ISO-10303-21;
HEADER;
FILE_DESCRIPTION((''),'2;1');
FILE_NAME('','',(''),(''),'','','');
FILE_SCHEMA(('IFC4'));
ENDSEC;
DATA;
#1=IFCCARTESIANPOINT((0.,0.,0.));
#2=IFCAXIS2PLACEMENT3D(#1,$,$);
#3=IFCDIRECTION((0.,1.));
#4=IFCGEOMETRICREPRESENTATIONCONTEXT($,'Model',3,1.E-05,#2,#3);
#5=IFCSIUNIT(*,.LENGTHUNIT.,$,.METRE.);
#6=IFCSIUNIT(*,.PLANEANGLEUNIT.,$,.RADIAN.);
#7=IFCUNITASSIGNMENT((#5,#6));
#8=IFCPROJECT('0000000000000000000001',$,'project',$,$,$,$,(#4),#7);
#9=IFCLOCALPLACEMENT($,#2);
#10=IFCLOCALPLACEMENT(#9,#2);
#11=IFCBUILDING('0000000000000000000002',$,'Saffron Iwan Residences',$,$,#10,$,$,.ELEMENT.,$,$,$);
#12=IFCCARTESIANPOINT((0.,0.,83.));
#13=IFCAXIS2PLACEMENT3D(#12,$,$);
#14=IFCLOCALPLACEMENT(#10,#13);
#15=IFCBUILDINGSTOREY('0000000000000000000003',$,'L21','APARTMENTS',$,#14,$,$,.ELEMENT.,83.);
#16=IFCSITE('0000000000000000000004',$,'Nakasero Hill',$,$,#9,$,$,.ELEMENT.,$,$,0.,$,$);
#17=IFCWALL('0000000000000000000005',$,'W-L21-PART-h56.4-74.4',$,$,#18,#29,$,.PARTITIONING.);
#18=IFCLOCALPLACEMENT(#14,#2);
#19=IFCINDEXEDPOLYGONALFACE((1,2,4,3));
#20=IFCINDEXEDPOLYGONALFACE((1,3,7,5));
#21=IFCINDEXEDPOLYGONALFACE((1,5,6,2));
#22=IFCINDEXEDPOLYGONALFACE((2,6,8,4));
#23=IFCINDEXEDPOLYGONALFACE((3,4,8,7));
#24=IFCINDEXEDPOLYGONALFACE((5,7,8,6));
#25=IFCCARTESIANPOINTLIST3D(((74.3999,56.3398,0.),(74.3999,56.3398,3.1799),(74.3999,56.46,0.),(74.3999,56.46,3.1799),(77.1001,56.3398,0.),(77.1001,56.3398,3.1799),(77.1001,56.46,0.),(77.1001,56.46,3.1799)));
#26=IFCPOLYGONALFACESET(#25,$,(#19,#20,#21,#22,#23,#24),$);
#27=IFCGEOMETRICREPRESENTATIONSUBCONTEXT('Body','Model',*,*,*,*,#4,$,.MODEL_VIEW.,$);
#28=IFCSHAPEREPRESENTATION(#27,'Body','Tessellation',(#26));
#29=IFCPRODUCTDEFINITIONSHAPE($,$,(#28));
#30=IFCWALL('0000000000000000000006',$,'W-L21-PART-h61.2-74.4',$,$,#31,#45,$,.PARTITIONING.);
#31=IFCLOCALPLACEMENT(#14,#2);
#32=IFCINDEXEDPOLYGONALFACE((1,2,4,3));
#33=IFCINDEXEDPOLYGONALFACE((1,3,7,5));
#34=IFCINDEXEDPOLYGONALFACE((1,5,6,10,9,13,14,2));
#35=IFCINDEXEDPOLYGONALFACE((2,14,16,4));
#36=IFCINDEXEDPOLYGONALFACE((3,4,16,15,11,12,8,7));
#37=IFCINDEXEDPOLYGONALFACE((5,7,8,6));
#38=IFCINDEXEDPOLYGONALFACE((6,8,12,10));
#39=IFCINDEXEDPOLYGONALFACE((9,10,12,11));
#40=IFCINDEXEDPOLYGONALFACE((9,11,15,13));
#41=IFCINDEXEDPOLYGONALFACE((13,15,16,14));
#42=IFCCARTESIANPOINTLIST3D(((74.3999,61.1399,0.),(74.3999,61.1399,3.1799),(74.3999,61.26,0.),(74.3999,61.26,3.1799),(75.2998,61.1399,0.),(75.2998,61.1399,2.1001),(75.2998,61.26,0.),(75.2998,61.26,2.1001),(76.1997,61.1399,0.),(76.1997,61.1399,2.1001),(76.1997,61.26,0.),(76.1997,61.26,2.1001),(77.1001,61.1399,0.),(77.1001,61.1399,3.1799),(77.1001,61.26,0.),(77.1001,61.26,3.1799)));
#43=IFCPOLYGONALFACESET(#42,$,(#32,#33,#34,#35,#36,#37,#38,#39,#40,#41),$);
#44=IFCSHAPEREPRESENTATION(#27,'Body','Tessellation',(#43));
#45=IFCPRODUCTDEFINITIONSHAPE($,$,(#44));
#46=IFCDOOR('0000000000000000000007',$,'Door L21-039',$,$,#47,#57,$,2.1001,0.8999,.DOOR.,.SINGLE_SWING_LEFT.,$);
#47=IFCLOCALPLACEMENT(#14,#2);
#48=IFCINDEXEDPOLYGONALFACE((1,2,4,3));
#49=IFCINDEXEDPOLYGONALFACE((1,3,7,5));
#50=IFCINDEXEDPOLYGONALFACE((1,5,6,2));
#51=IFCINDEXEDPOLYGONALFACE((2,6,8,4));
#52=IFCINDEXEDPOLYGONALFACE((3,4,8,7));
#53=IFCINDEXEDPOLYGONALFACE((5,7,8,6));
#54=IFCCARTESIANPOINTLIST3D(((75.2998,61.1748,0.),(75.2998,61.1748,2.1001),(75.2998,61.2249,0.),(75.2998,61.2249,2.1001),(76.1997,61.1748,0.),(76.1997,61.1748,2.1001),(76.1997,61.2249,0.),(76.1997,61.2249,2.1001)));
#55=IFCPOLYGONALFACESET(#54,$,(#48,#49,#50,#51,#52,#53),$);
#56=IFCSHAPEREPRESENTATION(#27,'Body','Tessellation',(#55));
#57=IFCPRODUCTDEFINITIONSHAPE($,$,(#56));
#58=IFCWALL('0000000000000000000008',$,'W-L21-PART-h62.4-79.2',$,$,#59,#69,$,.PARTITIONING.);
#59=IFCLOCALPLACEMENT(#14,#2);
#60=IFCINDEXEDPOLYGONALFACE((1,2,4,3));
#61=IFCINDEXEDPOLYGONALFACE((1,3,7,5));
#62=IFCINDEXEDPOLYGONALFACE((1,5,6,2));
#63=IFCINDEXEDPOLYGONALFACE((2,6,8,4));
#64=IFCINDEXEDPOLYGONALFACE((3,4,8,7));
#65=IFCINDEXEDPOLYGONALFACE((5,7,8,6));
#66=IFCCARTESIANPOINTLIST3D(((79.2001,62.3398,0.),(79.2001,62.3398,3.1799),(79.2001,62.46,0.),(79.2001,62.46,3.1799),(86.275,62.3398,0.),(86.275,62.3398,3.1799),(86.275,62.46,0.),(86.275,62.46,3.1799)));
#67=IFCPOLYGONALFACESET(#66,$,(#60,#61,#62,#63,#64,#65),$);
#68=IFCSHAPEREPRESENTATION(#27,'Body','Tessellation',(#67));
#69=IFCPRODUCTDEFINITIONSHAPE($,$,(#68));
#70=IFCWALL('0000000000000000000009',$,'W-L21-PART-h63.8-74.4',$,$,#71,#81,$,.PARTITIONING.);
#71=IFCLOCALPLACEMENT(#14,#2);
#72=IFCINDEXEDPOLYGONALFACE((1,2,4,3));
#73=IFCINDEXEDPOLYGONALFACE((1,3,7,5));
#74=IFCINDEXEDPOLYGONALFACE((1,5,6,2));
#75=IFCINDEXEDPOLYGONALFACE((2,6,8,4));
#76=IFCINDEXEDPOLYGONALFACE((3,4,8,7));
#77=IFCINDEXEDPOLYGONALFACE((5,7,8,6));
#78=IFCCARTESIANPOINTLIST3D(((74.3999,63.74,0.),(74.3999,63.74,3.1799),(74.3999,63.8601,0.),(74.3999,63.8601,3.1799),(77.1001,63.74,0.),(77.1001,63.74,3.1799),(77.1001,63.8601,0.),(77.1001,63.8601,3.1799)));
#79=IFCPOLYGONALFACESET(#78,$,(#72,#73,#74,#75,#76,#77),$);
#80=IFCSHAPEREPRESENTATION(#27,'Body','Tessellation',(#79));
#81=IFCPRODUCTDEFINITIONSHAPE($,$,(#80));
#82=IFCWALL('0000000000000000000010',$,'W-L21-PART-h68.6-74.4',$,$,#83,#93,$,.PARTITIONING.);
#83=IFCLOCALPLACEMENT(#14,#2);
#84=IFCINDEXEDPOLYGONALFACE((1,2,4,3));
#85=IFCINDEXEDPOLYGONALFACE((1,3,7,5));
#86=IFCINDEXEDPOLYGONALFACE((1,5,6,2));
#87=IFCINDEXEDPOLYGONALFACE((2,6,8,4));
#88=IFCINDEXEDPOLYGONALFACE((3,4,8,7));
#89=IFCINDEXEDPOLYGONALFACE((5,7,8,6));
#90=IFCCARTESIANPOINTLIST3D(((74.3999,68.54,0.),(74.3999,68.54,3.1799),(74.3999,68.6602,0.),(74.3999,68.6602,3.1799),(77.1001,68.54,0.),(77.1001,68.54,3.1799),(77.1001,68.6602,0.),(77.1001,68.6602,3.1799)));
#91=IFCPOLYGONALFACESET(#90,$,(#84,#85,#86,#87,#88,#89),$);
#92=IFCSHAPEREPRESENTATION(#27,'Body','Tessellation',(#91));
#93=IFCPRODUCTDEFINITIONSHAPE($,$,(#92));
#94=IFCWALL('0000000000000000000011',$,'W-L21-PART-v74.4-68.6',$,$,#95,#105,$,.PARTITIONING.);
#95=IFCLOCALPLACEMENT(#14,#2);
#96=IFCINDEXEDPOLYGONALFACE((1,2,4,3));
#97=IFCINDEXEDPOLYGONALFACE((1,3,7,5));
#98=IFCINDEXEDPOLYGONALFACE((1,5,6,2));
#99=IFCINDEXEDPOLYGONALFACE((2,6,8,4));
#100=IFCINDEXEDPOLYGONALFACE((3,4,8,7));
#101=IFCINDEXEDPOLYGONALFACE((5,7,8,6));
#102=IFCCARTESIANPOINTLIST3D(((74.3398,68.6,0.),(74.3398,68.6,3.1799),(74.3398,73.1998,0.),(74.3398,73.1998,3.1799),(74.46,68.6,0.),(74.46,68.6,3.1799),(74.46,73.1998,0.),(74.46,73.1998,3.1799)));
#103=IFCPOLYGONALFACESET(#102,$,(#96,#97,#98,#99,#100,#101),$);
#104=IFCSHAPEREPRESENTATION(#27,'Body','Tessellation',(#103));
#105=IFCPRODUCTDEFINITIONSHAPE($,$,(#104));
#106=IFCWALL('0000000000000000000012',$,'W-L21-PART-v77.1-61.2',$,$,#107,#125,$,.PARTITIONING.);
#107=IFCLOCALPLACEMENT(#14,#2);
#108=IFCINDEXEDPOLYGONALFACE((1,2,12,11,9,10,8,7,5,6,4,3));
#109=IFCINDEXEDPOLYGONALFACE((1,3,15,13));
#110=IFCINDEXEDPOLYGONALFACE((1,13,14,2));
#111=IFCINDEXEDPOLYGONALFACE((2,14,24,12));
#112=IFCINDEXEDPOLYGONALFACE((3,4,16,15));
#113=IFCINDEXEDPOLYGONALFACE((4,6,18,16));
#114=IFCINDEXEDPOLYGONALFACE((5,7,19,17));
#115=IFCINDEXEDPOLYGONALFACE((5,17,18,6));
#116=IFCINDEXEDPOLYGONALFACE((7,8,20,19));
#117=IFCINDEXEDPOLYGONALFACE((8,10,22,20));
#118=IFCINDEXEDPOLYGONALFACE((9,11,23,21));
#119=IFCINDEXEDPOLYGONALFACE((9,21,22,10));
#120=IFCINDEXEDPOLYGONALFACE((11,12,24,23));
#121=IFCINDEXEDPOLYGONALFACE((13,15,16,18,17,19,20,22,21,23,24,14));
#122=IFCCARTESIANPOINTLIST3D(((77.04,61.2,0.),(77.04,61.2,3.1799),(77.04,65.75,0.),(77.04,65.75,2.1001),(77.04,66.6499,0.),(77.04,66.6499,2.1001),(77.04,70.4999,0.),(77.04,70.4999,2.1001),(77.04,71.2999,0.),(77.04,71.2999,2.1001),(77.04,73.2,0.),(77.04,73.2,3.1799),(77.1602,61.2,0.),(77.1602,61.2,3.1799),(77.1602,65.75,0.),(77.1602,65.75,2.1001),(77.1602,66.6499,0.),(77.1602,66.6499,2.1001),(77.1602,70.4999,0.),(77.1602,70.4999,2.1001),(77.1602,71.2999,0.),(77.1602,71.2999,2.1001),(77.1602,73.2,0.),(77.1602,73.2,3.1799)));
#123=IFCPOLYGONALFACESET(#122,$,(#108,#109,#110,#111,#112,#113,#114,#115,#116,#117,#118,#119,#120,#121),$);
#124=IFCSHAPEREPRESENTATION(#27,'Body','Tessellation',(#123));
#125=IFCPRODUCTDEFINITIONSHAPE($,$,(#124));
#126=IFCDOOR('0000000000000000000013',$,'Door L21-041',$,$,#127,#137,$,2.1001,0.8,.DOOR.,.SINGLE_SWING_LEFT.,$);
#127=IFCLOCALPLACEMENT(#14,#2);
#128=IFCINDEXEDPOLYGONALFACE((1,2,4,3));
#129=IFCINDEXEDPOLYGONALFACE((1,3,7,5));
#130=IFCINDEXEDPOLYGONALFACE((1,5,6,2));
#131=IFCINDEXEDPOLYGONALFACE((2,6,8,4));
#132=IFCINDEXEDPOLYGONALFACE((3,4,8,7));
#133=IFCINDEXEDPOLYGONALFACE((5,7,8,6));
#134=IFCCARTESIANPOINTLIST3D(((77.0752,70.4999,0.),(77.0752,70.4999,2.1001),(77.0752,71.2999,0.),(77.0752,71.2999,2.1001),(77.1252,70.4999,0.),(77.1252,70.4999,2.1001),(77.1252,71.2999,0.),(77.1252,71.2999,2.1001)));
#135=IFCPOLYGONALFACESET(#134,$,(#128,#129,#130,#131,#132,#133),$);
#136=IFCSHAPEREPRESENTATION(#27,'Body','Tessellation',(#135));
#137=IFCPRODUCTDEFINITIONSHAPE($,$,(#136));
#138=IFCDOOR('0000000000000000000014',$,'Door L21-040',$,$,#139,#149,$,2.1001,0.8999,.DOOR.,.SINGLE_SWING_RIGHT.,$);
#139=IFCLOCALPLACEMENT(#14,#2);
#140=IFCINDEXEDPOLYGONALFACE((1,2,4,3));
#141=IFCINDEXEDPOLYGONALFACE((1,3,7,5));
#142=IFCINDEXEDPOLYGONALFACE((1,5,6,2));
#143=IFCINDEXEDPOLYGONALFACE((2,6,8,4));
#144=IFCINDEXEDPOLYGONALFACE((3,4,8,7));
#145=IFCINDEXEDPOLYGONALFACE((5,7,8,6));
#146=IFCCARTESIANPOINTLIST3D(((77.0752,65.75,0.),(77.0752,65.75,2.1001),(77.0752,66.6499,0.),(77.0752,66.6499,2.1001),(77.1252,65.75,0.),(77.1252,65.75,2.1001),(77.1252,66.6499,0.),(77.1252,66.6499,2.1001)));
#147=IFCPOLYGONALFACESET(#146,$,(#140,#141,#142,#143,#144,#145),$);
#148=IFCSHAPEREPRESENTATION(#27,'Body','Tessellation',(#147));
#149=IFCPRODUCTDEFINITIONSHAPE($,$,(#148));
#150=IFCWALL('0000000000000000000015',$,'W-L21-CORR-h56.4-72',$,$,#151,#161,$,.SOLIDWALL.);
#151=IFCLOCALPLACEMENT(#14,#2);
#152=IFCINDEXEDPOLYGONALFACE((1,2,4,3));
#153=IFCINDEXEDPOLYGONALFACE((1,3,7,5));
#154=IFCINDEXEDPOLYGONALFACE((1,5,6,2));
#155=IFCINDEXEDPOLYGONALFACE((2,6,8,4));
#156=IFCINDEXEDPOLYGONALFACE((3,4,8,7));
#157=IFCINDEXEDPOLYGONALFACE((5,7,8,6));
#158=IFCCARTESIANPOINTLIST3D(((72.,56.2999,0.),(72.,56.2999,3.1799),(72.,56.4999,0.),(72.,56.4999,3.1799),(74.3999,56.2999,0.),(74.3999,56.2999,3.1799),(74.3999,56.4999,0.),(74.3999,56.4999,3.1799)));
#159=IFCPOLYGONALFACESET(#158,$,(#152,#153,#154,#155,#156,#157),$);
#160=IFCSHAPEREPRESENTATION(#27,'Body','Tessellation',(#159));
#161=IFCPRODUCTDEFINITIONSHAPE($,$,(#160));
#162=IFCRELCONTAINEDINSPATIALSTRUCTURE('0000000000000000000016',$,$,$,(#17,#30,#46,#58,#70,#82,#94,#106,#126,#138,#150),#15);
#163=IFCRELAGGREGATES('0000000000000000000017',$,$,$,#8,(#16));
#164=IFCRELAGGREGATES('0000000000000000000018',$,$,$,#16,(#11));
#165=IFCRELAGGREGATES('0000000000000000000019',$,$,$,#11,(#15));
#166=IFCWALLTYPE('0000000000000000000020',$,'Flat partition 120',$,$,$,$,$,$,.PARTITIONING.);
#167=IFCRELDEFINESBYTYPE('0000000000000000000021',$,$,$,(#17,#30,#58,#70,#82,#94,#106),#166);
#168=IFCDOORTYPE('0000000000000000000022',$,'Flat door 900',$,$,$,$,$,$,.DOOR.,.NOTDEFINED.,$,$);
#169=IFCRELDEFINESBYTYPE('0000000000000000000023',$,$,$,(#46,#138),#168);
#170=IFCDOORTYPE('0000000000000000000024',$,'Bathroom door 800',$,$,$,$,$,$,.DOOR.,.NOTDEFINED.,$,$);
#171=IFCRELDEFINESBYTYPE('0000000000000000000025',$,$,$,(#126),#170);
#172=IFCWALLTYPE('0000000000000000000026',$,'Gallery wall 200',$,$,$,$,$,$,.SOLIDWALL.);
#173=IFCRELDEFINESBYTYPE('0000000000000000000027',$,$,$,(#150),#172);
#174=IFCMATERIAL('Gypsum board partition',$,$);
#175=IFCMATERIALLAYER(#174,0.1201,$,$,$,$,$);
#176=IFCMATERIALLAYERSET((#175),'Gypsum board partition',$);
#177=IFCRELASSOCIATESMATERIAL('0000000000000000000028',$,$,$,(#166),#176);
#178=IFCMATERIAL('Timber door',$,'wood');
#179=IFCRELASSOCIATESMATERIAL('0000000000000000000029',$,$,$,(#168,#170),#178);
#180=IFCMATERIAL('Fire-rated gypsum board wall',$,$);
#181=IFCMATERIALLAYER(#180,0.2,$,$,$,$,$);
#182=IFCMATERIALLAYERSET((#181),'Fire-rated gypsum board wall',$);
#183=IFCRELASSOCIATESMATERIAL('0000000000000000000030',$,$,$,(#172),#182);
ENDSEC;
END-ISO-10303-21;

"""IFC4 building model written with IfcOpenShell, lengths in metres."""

from ifc_helpers import new_model, si_unit, direction, frame, frame_2d, origin, place, context, subcontext, project, spatial, rectangle, extrude, material, layer, layer_set, type_object, element, fill, save


model = new_model("IFC4")

# Units and contexts
model_context = context("Model", 3, precision=1e-05, world=origin(), true_north=direction((0.0, 1.0)))
body_context = subcontext(model_context, "Body", "Model", "MODEL_VIEW")
ifc_project = project(units=[si_unit("LENGTHUNIT", "METRE"), si_unit("PLANEANGLEUNIT", "RADIAN")], contexts=[model_context])

# Site, building, storey
site_placement = place(None, origin())
site = spatial("IfcSite", under=ifc_project, at=site_placement, Name="Nakasero Hill", CompositionType="ELEMENT", RefElevation=0.0)
building_placement = place(site_placement, origin())
building = spatial("IfcBuilding", under=site, at=building_placement, Name="Saffron Iwan Residences", CompositionType="ELEMENT")
storey_placement = place(building_placement, frame((0.0, 0.0, 83.0)))
storey = spatial("IfcBuildingStorey", under=building, at=storey_placement, Name="L21", Description="APARTMENTS", CompositionType="ELEMENT", Elevation=83.0)

# Wall
ifc_material_1 = material(Name="Fire-rated gypsum board wall")
ifc_material_2 = material(Name="Gypsum board partition")
ifc_layer_1 = layer(ifc_material_2, 0.1201)
ifc_layer_set_1 = layer_set([ifc_layer_1], Name="Gypsum board partition")
wall_type_1 = type_object("IfcWallType", Name="Flat partition 120", PredefinedType="PARTITIONING", material=ifc_layer_set_1)
wall_1_placement = place(storey_placement, frame((74.3999, 56.3999, 0.0), z_axis=(0.0, 0.0, 1.0), x_axis=(1.0, 0.0, 0.0)))
element("IfcWall", 1, at=wall_1_placement, inside=storey, type_object=wall_type_1, Name="W-L21-PART-h56.4-74.4", PredefinedType="PARTITIONING", context=body_context, shape_type="SweptSolid", body=[
    extrude(rectangle(XDim=2.7002, YDim=0.1201, at=frame_2d((1.3501, 0.0))), origin(), (0.0, 0.0, 1.0), 3.1799),
])

# Wall, opening, door
wall_2_placement = place(storey_placement, frame((74.3999, 61.2, 0.0), z_axis=(0.0, 0.0, 1.0), x_axis=(1.0, 0.0, 0.0)))
wall_2 = element("IfcWall", 2, at=wall_2_placement, inside=storey, type_object=wall_type_1, Name="W-L21-PART-h61.2-74.4", PredefinedType="PARTITIONING", context=body_context, shape_type="SweptSolid", body=[
    extrude(rectangle(XDim=2.7002, YDim=0.1201, at=frame_2d((1.3501, 0.0))), origin(), (0.0, 0.0, 1.0), 3.1799),
])
opening_1_placement = place(wall_2_placement, frame((0.8999, 0.0, 0.0)))
opening_1 = element("IfcOpeningElement", 3, at=opening_1_placement, cuts=wall_2, PredefinedType="OPENING", context=body_context, shape_type="SweptSolid", body=[
    extrude(rectangle(XDim=0.8999, YDim=2.1001, at=frame_2d((0.45, 1.05))), frame((0.0, 0.0701, 0.0), z_axis=(0.0, -1.0, 0.0), x_axis=(1.0, 0.0, 0.0)), (0.0, 0.0, 1.0), 0.1401),
])
ifc_material_3 = material(Name="Timber door", Category="wood")
door_type_1 = type_object("IfcDoorType", Name="Flat door 900", OperationType="NOTDEFINED", PredefinedType="DOOR", material=ifc_material_3)
door_1_placement = place(opening_1_placement, origin())
door_1 = element("IfcDoor", 4, at=door_1_placement, inside=storey, type_object=door_type_1, Name="Door L21-039", OperationType="SINGLE_SWING_LEFT", OverallHeight=2.1001, OverallWidth=0.8999, PredefinedType="DOOR", context=body_context, shape_type="SweptSolid", body=[
    extrude(rectangle(XDim=0.8999, YDim=2.1001, at=frame_2d((0.45, 1.05))), frame((0.0, 0.0249, 0.0), z_axis=(0.0, -1.0, 0.0), x_axis=(1.0, 0.0, 0.0)), (0.0, 0.0, 1.0), 0.05),
])
fill(opening_1, door_1)

# Walls
wall_3_placement = place(storey_placement, frame((79.2, 62.3999, 0.0), z_axis=(0.0, 0.0, 1.0), x_axis=(1.0, 0.0, 0.0)))
element("IfcWall", 5, at=wall_3_placement, inside=storey, type_object=wall_type_1, Name="W-L21-PART-h62.4-79.2", PredefinedType="PARTITIONING", context=body_context, shape_type="SweptSolid", body=[
    extrude(rectangle(XDim=7.075, YDim=0.1201, at=frame_2d((3.5376, 0.0))), origin(), (0.0, 0.0, 1.0), 3.1799),
])
for number, where, z_axis, x_axis, name in (
    (6, (74.3999, 63.8, 0.0), (0.0, 0.0, 1.0), (1.0, 0.0, 0.0), "W-L21-PART-h63.8-74.4"),
    (7, (74.3999, 68.6001, 0.0), (0.0, 0.0, 1.0), (1.0, 0.0, 0.0), "W-L21-PART-h68.6-74.4"),
):
    element("IfcWall", number, at=place(storey_placement, frame(where, z_axis=z_axis, x_axis=x_axis)), inside=storey, type_object=wall_type_1, Name=name, PredefinedType="PARTITIONING", context=body_context, shape_type="SweptSolid", body=[
        extrude(rectangle(XDim=2.7002, YDim=0.1201, at=frame_2d((1.3501, 0.0))), origin(), (0.0, 0.0, 1.0), 3.1799),
    ])
wall_4_placement = place(storey_placement, frame((74.3999, 68.6001, 0.0), z_axis=(0.0, 0.0, 1.0), x_axis=(0.0, 1.0, 0.0)))
element("IfcWall", 8, at=wall_4_placement, inside=storey, type_object=wall_type_1, Name="W-L21-PART-v74.4-68.6", PredefinedType="PARTITIONING", context=body_context, shape_type="SweptSolid", body=[
    extrude(rectangle(XDim=4.5999, YDim=0.1201, at=frame_2d((2.2998, 0.0))), origin(), (0.0, 0.0, 1.0), 3.1799),
])

# Wall, openings, doors
wall_5_placement = place(storey_placement, frame((77.1001, 61.2, 0.0), z_axis=(0.0, 0.0, 1.0), x_axis=(0.0, 1.0, 0.0)))
wall_5 = element("IfcWall", 9, at=wall_5_placement, inside=storey, type_object=wall_type_1, Name="W-L21-PART-v77.1-61.2", PredefinedType="PARTITIONING", context=body_context, shape_type="SweptSolid", body=[
    extrude(rectangle(XDim=12.0, YDim=0.1201, at=frame_2d((6.0, 0.0))), origin(), (0.0, 0.0, 1.0), 3.1799),
])
opening_2_placement = place(wall_5_placement, frame((4.55, 0.0, 0.0)))
opening_2 = element("IfcOpeningElement", 10, at=opening_2_placement, cuts=wall_5, PredefinedType="OPENING", context=body_context, shape_type="SweptSolid", body=[
    extrude(rectangle(XDim=0.8999, YDim=2.1001, at=frame_2d((0.45, 1.05))), frame((0.0, 0.0701, 0.0), z_axis=(0.0, -1.0, 0.0), x_axis=(1.0, 0.0, 0.0)), (0.0, 0.0, 1.0), 0.1401),
])
opening_3_placement = place(wall_5_placement, frame((9.3, 0.0, 0.0)))
opening_3 = element("IfcOpeningElement", 11, at=opening_3_placement, cuts=wall_5, PredefinedType="OPENING", context=body_context, shape_type="SweptSolid", body=[
    extrude(rectangle(XDim=0.8, YDim=2.1001, at=frame_2d((0.3999, 1.05))), frame((0.0, 0.0701, 0.0), z_axis=(0.0, -1.0, 0.0), x_axis=(1.0, 0.0, 0.0)), (0.0, 0.0, 1.0), 0.1401),
])
door_type_2 = type_object("IfcDoorType", Name="Bathroom door 800", OperationType="NOTDEFINED", PredefinedType="DOOR", material=ifc_material_3)
door_2_placement = place(opening_3_placement, origin())
door_2 = element("IfcDoor", 12, at=door_2_placement, inside=storey, type_object=door_type_2, Name="Door L21-041", OperationType="SINGLE_SWING_LEFT", OverallHeight=2.1001, OverallWidth=0.8, PredefinedType="DOOR", context=body_context, shape_type="SweptSolid", body=[
    extrude(rectangle(XDim=0.8, YDim=2.1001, at=frame_2d((0.3999, 1.05))), frame((0.0, 0.0249, 0.0), z_axis=(0.0, -1.0, 0.0), x_axis=(1.0, 0.0, 0.0)), (0.0, 0.0, 1.0), 0.05),
])
fill(opening_3, door_2)
door_3_placement = place(opening_2_placement, origin())
door_3 = element("IfcDoor", 13, at=door_3_placement, inside=storey, type_object=door_type_1, Name="Door L21-040", OperationType="SINGLE_SWING_RIGHT", OverallHeight=2.1001, OverallWidth=0.8999, PredefinedType="DOOR", context=body_context, shape_type="SweptSolid", body=[
    extrude(rectangle(XDim=0.8999, YDim=2.1001, at=frame_2d((0.45, 1.05))), frame((0.0, 0.0249, 0.0), z_axis=(0.0, -1.0, 0.0), x_axis=(1.0, 0.0, 0.0)), (0.0, 0.0, 1.0), 0.05),
])
fill(opening_2, door_3)

# Wall
ifc_layer_2 = layer(ifc_material_1, 0.2)
ifc_layer_set_2 = layer_set([ifc_layer_2], Name="Fire-rated gypsum board wall")
wall_type_2 = type_object("IfcWallType", Name="Gallery wall 200", PredefinedType="SOLIDWALL", material=ifc_layer_set_2)
wall_6_placement = place(storey_placement, frame((72.0, 56.3999, 0.0), z_axis=(0.0, 0.0, 1.0), x_axis=(1.0, 0.0, 0.0)))
element("IfcWall", 14, at=wall_6_placement, inside=storey, type_object=wall_type_2, Name="W-L21-CORR-h56.4-72", PredefinedType="SOLIDWALL", context=body_context, shape_type="SweptSolid", body=[
    extrude(rectangle(XDim=2.3999, YDim=0.2, at=frame_2d((1.2, 0.0))), origin(), (0.0, 0.0, 1.0), 3.1799),
])

save(model, "model.ifc")
